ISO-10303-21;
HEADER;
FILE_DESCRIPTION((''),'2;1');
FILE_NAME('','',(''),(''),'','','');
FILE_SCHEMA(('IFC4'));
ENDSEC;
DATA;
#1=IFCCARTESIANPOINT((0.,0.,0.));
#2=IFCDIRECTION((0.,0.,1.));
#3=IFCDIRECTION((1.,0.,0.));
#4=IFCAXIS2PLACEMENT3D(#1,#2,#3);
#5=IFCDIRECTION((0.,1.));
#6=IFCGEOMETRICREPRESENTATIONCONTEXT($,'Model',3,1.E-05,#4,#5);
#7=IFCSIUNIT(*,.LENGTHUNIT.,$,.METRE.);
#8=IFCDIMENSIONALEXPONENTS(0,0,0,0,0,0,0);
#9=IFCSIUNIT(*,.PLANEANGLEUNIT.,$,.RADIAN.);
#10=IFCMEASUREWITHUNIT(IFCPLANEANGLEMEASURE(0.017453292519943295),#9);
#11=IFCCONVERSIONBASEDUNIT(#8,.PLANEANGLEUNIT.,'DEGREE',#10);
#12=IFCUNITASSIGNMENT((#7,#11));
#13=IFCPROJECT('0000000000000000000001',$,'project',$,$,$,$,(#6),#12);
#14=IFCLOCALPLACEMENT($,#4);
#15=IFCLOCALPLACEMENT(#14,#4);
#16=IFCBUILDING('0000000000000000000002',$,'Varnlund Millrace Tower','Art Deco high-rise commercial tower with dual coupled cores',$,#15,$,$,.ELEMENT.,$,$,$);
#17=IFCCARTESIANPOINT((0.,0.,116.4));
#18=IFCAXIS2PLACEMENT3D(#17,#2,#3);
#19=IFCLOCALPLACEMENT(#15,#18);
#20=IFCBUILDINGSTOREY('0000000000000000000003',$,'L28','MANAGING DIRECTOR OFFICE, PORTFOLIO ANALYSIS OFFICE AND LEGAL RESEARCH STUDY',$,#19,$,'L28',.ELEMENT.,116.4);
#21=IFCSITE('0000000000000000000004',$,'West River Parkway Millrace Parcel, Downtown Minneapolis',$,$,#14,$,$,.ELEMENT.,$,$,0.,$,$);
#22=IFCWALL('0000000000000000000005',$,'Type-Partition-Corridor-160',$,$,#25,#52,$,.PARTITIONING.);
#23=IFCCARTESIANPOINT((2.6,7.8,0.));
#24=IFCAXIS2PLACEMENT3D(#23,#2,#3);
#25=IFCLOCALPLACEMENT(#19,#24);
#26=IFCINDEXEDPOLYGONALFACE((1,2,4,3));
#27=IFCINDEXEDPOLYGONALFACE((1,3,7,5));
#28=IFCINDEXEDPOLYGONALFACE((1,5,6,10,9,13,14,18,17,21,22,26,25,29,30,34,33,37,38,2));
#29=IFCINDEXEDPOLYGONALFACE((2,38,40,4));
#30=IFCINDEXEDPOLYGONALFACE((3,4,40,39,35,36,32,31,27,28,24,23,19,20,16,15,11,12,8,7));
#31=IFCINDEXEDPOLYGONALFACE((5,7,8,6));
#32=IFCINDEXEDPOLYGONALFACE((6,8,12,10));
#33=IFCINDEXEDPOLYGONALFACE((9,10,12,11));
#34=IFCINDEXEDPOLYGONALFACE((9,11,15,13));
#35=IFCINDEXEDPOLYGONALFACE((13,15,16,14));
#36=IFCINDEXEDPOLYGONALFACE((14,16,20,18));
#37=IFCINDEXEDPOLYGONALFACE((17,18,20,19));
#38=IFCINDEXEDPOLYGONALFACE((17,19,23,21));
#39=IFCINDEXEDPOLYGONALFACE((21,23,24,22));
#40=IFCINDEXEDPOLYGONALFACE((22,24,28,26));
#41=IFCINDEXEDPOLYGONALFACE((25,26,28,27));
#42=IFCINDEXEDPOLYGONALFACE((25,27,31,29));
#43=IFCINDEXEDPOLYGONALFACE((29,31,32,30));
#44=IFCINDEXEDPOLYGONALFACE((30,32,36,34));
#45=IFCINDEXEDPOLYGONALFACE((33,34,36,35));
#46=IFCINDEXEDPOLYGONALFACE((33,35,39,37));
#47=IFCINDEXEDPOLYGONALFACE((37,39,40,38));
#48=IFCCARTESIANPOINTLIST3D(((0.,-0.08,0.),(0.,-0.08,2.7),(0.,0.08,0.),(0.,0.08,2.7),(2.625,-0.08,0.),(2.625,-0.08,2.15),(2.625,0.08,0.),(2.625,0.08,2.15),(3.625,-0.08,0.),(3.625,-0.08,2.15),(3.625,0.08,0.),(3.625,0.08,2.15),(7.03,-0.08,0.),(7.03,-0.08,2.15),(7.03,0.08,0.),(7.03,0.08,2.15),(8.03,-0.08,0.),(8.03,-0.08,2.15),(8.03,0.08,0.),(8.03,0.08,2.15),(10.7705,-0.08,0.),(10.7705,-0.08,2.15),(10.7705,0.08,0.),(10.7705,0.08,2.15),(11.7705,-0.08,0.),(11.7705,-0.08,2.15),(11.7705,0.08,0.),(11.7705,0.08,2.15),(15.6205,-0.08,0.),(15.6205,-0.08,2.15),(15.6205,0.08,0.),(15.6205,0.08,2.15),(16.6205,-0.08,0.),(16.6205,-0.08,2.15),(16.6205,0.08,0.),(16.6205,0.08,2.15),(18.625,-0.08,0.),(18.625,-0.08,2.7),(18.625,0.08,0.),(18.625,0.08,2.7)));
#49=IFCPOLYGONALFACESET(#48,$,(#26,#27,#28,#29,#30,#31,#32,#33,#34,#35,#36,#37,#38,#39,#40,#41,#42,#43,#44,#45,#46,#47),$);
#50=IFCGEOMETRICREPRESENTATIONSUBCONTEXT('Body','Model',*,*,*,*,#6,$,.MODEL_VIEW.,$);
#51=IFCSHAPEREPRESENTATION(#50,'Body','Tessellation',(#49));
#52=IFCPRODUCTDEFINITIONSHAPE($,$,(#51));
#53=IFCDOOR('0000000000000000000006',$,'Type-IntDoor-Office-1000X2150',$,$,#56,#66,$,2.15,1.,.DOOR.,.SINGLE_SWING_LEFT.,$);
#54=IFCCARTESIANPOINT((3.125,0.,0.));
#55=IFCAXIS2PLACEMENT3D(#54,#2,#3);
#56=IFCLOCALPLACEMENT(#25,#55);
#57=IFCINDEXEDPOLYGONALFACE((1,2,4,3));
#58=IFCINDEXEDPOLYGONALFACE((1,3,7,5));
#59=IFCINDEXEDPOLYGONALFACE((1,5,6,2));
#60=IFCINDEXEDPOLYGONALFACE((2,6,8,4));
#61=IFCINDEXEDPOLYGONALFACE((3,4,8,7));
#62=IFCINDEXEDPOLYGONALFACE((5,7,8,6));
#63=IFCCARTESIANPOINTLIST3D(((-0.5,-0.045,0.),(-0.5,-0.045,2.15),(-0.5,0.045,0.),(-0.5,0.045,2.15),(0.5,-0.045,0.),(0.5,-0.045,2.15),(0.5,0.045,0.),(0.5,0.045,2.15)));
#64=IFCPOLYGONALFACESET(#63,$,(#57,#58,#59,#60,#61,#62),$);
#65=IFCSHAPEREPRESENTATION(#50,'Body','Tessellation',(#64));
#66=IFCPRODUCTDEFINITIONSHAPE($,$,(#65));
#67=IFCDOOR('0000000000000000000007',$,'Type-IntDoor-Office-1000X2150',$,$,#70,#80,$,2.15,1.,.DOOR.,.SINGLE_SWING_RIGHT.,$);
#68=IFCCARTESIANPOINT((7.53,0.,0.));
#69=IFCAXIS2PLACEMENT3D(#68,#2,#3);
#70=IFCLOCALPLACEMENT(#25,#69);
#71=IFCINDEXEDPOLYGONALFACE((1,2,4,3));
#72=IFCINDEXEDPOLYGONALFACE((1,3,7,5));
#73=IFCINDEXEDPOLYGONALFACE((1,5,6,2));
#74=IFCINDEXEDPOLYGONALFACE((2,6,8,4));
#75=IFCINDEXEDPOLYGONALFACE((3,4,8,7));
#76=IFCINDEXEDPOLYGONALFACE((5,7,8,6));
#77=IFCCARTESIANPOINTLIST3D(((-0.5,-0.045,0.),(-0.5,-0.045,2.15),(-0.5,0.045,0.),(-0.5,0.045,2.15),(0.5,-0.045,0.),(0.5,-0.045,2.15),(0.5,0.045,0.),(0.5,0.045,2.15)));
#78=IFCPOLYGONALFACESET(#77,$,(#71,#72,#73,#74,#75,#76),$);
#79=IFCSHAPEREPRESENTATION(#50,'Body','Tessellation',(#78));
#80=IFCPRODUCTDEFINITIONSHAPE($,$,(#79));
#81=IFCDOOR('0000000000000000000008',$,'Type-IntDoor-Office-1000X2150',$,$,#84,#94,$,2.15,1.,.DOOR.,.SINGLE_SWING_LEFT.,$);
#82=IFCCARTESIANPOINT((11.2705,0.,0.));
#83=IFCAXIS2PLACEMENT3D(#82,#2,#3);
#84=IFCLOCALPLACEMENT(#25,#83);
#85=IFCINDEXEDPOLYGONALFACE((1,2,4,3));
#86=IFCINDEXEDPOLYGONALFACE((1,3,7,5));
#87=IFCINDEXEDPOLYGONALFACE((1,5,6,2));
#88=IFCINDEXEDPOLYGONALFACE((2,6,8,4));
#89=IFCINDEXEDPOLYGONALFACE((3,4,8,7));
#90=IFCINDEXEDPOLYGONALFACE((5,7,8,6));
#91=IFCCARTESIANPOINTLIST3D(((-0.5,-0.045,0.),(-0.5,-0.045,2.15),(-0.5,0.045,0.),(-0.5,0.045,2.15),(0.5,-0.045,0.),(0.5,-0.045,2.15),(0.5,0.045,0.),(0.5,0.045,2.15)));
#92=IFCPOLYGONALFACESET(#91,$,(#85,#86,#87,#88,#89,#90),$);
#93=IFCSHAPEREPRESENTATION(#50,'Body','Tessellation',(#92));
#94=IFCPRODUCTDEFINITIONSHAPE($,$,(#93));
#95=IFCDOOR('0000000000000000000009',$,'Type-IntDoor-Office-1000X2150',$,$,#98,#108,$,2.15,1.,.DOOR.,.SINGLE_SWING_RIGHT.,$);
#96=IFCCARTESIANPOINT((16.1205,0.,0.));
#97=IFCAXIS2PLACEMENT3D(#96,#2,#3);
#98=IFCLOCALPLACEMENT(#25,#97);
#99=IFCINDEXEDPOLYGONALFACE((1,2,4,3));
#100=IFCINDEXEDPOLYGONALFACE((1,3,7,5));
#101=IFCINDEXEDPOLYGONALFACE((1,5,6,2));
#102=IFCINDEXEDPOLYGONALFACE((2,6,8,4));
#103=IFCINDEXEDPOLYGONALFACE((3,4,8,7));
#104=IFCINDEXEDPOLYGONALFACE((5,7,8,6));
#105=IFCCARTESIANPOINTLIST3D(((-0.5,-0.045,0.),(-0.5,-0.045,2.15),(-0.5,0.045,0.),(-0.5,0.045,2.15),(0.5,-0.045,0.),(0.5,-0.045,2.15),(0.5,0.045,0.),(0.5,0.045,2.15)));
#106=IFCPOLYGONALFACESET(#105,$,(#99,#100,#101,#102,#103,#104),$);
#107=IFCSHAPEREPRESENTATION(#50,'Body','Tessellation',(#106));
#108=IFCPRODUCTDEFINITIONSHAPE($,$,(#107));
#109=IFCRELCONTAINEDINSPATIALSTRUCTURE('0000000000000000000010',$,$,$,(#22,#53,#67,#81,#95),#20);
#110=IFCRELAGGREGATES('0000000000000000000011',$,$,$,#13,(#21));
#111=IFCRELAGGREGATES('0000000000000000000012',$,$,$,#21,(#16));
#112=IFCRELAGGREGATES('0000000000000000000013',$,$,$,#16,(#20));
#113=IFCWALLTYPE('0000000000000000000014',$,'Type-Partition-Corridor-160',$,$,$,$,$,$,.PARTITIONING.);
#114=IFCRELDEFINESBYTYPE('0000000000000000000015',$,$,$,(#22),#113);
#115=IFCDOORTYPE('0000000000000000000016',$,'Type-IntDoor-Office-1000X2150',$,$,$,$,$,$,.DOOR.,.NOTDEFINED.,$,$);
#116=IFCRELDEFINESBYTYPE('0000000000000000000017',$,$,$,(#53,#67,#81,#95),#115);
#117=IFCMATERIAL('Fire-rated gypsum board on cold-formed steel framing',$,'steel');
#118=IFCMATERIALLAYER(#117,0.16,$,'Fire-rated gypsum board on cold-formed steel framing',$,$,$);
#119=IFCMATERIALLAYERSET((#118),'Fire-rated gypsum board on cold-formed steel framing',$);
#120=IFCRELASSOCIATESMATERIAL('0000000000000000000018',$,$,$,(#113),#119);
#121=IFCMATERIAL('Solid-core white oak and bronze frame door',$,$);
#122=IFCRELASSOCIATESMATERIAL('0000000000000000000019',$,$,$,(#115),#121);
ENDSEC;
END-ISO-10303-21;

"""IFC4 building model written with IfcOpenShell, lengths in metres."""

from ifc_helpers import new_model, entity, si_unit, converted_unit, direction, frame, origin_with_axes, origin_2d_with_axis, place, context, subcontext, project, spatial, polyline, rectangle, outline, extrude, material, layer, layer_set, type_object, element, fill, save


model = new_model("IFC4")

# Units and contexts
model_context = context("Model", 3, precision=1e-05, world=origin_with_axes(), true_north=direction((0.0, 1.0)))
body_context = subcontext(model_context, "Body", "Model", "MODEL_VIEW")
ifc_project = project(units=[si_unit("LENGTHUNIT", "METRE"), converted_unit("PLANEANGLEUNIT", "DEGREE", entity("IfcPlaneAngleMeasure", 0.017453292519943295), si_unit("PLANEANGLEUNIT", "RADIAN"), dimensions=[0, 0, 0, 0, 0, 0, 0])], contexts=[model_context])

# Site, building, storey
site_placement = place(None, origin_with_axes())
site = spatial("IfcSite", under=ifc_project, at=site_placement, Name="West River Parkway Millrace Parcel, Downtown Minneapolis", CompositionType="ELEMENT", RefElevation=0.0)
building_placement = place(site_placement, origin_with_axes())
building = spatial("IfcBuilding", under=site, at=building_placement, Name="Varnlund Millrace Tower", Description="Art Deco high-rise commercial tower with dual coupled cores", CompositionType="ELEMENT")
storey_placement = place(building_placement, frame((0.0, 0.0, 116.4), z_axis=(0.0, 0.0, 1.0), x_axis=(1.0, 0.0, 0.0)))
storey = spatial("IfcBuildingStorey", under=building, at=storey_placement, Name="L28", Description="MANAGING DIRECTOR OFFICE, PORTFOLIO ANALYSIS OFFICE AND LEGAL RESEARCH STUDY", LongName="L28", CompositionType="ELEMENT", Elevation=116.4)

# Wall, openings, doors
ifc_material_1 = material(Name="Fire-rated gypsum board on cold-formed steel framing", Category="steel")
ifc_layer_1 = layer(ifc_material_1, 0.16, Name="Fire-rated gypsum board on cold-formed steel framing")
ifc_layer_set_1 = layer_set([ifc_layer_1], Name="Fire-rated gypsum board on cold-formed steel framing")
wall_type_1 = type_object("IfcWallType", Name="Type-Partition-Corridor-160", PredefinedType="PARTITIONING", material=ifc_layer_set_1)
wall_1_placement = place(storey_placement, frame((2.6, 7.8, 0.0), z_axis=(0.0, 0.0, 1.0), x_axis=(1.0, 0.0, 0.0)))
wall_1 = element("IfcWall", 1, at=wall_1_placement, inside=storey, type_object=wall_type_1, Name="Type-Partition-Corridor-160", PredefinedType="PARTITIONING", context=body_context, shape_type="SweptSolid", body=[
    extrude(outline(polyline([(0.0, -0.08), (18.625, -0.08), (18.625, 0.08), (0.0, 0.08), (0.0, -0.08)])), origin_with_axes(), (0.0, 0.0, 1.0), 2.7),
])
opening_1_placement = place(wall_1_placement, frame((3.125, 0.0, 0.0), z_axis=(0.0, 0.0, 1.0), x_axis=(1.0, 0.0, 0.0)))
opening_1 = element("IfcOpeningElement", 2, at=opening_1_placement, cuts=wall_1, PredefinedType="OPENING", context=body_context, shape_type="SweptSolid", body=[
    extrude(rectangle(XDim=1.0, YDim=0.18, at=origin_2d_with_axis()), origin_with_axes(), (0.0, 0.0, 1.0), 2.15),
])
opening_2_placement = place(wall_1_placement, frame((7.53, 0.0, 0.0), z_axis=(0.0, 0.0, 1.0), x_axis=(1.0, 0.0, 0.0)))
opening_2 = element("IfcOpeningElement", 3, at=opening_2_placement, cuts=wall_1, PredefinedType="OPENING", context=body_context, shape_type="SweptSolid", body=[
    extrude(rectangle(XDim=1.0, YDim=0.18, at=origin_2d_with_axis()), origin_with_axes(), (0.0, 0.0, 1.0), 2.15),
])
opening_3_placement = place(wall_1_placement, frame((11.2705, 0.0, 0.0), z_axis=(0.0, 0.0, 1.0), x_axis=(1.0, 0.0, 0.0)))
opening_3 = element("IfcOpeningElement", 4, at=opening_3_placement, cuts=wall_1, PredefinedType="OPENING", context=body_context, shape_type="SweptSolid", body=[
    extrude(rectangle(XDim=1.0, YDim=0.18, at=origin_2d_with_axis()), origin_with_axes(), (0.0, 0.0, 1.0), 2.15),
])
opening_4_placement = place(wall_1_placement, frame((16.1205, 0.0, 0.0), z_axis=(0.0, 0.0, 1.0), x_axis=(1.0, 0.0, 0.0)))
opening_4 = element("IfcOpeningElement", 5, at=opening_4_placement, cuts=wall_1, PredefinedType="OPENING", context=body_context, shape_type="SweptSolid", body=[
    extrude(rectangle(XDim=1.0, YDim=0.18, at=origin_2d_with_axis()), origin_with_axes(), (0.0, 0.0, 1.0), 2.15),
])
ifc_material_2 = material(Name="Solid-core white oak and bronze frame door")
door_type_1 = type_object("IfcDoorType", Name="Type-IntDoor-Office-1000X2150", OperationType="NOTDEFINED", PredefinedType="DOOR", material=ifc_material_2)
door_1_placement = place(wall_1_placement, frame((3.125, 0.0, 0.0), z_axis=(0.0, 0.0, 1.0), x_axis=(1.0, 0.0, 0.0)))
door_1 = element("IfcDoor", 6, at=door_1_placement, inside=storey, type_object=door_type_1, Name="Type-IntDoor-Office-1000X2150", OperationType="SINGLE_SWING_LEFT", OverallHeight=2.15, OverallWidth=1.0, PredefinedType="DOOR", context=body_context, shape_type="SweptSolid", body=[
    extrude(rectangle(XDim=1.0, YDim=0.09, at=origin_2d_with_axis()), origin_with_axes(), (0.0, 0.0, 1.0), 2.15),
])
fill(opening_1, door_1)
door_2_placement = place(wall_1_placement, frame((7.53, 0.0, 0.0), z_axis=(0.0, 0.0, 1.0), x_axis=(1.0, 0.0, 0.0)))
door_2 = element("IfcDoor", 7, at=door_2_placement, inside=storey, type_object=door_type_1, Name="Type-IntDoor-Office-1000X2150", OperationType="SINGLE_SWING_RIGHT", OverallHeight=2.15, OverallWidth=1.0, PredefinedType="DOOR", context=body_context, shape_type="SweptSolid", body=[
    extrude(rectangle(XDim=1.0, YDim=0.09, at=origin_2d_with_axis()), origin_with_axes(), (0.0, 0.0, 1.0), 2.15),
])
fill(opening_2, door_2)
door_3_placement = place(wall_1_placement, frame((11.2705, 0.0, 0.0), z_axis=(0.0, 0.0, 1.0), x_axis=(1.0, 0.0, 0.0)))
door_3 = element("IfcDoor", 8, at=door_3_placement, inside=storey, type_object=door_type_1, Name="Type-IntDoor-Office-1000X2150", OperationType="SINGLE_SWING_LEFT", OverallHeight=2.15, OverallWidth=1.0, PredefinedType="DOOR", context=body_context, shape_type="SweptSolid", body=[
    extrude(rectangle(XDim=1.0, YDim=0.09, at=origin_2d_with_axis()), origin_with_axes(), (0.0, 0.0, 1.0), 2.15),
])
fill(opening_3, door_3)
door_4_placement = place(wall_1_placement, frame((16.1205, 0.0, 0.0), z_axis=(0.0, 0.0, 1.0), x_axis=(1.0, 0.0, 0.0)))
door_4 = element("IfcDoor", 9, at=door_4_placement, inside=storey, type_object=door_type_1, Name="Type-IntDoor-Office-1000X2150", OperationType="SINGLE_SWING_RIGHT", OverallHeight=2.15, OverallWidth=1.0, PredefinedType="DOOR", context=body_context, shape_type="SweptSolid", body=[
    extrude(rectangle(XDim=1.0, YDim=0.09, at=origin_2d_with_axis()), origin_with_axes(), (0.0, 0.0, 1.0), 2.15),
])
fill(opening_4, door_4)

save(model, "model.ifc")
